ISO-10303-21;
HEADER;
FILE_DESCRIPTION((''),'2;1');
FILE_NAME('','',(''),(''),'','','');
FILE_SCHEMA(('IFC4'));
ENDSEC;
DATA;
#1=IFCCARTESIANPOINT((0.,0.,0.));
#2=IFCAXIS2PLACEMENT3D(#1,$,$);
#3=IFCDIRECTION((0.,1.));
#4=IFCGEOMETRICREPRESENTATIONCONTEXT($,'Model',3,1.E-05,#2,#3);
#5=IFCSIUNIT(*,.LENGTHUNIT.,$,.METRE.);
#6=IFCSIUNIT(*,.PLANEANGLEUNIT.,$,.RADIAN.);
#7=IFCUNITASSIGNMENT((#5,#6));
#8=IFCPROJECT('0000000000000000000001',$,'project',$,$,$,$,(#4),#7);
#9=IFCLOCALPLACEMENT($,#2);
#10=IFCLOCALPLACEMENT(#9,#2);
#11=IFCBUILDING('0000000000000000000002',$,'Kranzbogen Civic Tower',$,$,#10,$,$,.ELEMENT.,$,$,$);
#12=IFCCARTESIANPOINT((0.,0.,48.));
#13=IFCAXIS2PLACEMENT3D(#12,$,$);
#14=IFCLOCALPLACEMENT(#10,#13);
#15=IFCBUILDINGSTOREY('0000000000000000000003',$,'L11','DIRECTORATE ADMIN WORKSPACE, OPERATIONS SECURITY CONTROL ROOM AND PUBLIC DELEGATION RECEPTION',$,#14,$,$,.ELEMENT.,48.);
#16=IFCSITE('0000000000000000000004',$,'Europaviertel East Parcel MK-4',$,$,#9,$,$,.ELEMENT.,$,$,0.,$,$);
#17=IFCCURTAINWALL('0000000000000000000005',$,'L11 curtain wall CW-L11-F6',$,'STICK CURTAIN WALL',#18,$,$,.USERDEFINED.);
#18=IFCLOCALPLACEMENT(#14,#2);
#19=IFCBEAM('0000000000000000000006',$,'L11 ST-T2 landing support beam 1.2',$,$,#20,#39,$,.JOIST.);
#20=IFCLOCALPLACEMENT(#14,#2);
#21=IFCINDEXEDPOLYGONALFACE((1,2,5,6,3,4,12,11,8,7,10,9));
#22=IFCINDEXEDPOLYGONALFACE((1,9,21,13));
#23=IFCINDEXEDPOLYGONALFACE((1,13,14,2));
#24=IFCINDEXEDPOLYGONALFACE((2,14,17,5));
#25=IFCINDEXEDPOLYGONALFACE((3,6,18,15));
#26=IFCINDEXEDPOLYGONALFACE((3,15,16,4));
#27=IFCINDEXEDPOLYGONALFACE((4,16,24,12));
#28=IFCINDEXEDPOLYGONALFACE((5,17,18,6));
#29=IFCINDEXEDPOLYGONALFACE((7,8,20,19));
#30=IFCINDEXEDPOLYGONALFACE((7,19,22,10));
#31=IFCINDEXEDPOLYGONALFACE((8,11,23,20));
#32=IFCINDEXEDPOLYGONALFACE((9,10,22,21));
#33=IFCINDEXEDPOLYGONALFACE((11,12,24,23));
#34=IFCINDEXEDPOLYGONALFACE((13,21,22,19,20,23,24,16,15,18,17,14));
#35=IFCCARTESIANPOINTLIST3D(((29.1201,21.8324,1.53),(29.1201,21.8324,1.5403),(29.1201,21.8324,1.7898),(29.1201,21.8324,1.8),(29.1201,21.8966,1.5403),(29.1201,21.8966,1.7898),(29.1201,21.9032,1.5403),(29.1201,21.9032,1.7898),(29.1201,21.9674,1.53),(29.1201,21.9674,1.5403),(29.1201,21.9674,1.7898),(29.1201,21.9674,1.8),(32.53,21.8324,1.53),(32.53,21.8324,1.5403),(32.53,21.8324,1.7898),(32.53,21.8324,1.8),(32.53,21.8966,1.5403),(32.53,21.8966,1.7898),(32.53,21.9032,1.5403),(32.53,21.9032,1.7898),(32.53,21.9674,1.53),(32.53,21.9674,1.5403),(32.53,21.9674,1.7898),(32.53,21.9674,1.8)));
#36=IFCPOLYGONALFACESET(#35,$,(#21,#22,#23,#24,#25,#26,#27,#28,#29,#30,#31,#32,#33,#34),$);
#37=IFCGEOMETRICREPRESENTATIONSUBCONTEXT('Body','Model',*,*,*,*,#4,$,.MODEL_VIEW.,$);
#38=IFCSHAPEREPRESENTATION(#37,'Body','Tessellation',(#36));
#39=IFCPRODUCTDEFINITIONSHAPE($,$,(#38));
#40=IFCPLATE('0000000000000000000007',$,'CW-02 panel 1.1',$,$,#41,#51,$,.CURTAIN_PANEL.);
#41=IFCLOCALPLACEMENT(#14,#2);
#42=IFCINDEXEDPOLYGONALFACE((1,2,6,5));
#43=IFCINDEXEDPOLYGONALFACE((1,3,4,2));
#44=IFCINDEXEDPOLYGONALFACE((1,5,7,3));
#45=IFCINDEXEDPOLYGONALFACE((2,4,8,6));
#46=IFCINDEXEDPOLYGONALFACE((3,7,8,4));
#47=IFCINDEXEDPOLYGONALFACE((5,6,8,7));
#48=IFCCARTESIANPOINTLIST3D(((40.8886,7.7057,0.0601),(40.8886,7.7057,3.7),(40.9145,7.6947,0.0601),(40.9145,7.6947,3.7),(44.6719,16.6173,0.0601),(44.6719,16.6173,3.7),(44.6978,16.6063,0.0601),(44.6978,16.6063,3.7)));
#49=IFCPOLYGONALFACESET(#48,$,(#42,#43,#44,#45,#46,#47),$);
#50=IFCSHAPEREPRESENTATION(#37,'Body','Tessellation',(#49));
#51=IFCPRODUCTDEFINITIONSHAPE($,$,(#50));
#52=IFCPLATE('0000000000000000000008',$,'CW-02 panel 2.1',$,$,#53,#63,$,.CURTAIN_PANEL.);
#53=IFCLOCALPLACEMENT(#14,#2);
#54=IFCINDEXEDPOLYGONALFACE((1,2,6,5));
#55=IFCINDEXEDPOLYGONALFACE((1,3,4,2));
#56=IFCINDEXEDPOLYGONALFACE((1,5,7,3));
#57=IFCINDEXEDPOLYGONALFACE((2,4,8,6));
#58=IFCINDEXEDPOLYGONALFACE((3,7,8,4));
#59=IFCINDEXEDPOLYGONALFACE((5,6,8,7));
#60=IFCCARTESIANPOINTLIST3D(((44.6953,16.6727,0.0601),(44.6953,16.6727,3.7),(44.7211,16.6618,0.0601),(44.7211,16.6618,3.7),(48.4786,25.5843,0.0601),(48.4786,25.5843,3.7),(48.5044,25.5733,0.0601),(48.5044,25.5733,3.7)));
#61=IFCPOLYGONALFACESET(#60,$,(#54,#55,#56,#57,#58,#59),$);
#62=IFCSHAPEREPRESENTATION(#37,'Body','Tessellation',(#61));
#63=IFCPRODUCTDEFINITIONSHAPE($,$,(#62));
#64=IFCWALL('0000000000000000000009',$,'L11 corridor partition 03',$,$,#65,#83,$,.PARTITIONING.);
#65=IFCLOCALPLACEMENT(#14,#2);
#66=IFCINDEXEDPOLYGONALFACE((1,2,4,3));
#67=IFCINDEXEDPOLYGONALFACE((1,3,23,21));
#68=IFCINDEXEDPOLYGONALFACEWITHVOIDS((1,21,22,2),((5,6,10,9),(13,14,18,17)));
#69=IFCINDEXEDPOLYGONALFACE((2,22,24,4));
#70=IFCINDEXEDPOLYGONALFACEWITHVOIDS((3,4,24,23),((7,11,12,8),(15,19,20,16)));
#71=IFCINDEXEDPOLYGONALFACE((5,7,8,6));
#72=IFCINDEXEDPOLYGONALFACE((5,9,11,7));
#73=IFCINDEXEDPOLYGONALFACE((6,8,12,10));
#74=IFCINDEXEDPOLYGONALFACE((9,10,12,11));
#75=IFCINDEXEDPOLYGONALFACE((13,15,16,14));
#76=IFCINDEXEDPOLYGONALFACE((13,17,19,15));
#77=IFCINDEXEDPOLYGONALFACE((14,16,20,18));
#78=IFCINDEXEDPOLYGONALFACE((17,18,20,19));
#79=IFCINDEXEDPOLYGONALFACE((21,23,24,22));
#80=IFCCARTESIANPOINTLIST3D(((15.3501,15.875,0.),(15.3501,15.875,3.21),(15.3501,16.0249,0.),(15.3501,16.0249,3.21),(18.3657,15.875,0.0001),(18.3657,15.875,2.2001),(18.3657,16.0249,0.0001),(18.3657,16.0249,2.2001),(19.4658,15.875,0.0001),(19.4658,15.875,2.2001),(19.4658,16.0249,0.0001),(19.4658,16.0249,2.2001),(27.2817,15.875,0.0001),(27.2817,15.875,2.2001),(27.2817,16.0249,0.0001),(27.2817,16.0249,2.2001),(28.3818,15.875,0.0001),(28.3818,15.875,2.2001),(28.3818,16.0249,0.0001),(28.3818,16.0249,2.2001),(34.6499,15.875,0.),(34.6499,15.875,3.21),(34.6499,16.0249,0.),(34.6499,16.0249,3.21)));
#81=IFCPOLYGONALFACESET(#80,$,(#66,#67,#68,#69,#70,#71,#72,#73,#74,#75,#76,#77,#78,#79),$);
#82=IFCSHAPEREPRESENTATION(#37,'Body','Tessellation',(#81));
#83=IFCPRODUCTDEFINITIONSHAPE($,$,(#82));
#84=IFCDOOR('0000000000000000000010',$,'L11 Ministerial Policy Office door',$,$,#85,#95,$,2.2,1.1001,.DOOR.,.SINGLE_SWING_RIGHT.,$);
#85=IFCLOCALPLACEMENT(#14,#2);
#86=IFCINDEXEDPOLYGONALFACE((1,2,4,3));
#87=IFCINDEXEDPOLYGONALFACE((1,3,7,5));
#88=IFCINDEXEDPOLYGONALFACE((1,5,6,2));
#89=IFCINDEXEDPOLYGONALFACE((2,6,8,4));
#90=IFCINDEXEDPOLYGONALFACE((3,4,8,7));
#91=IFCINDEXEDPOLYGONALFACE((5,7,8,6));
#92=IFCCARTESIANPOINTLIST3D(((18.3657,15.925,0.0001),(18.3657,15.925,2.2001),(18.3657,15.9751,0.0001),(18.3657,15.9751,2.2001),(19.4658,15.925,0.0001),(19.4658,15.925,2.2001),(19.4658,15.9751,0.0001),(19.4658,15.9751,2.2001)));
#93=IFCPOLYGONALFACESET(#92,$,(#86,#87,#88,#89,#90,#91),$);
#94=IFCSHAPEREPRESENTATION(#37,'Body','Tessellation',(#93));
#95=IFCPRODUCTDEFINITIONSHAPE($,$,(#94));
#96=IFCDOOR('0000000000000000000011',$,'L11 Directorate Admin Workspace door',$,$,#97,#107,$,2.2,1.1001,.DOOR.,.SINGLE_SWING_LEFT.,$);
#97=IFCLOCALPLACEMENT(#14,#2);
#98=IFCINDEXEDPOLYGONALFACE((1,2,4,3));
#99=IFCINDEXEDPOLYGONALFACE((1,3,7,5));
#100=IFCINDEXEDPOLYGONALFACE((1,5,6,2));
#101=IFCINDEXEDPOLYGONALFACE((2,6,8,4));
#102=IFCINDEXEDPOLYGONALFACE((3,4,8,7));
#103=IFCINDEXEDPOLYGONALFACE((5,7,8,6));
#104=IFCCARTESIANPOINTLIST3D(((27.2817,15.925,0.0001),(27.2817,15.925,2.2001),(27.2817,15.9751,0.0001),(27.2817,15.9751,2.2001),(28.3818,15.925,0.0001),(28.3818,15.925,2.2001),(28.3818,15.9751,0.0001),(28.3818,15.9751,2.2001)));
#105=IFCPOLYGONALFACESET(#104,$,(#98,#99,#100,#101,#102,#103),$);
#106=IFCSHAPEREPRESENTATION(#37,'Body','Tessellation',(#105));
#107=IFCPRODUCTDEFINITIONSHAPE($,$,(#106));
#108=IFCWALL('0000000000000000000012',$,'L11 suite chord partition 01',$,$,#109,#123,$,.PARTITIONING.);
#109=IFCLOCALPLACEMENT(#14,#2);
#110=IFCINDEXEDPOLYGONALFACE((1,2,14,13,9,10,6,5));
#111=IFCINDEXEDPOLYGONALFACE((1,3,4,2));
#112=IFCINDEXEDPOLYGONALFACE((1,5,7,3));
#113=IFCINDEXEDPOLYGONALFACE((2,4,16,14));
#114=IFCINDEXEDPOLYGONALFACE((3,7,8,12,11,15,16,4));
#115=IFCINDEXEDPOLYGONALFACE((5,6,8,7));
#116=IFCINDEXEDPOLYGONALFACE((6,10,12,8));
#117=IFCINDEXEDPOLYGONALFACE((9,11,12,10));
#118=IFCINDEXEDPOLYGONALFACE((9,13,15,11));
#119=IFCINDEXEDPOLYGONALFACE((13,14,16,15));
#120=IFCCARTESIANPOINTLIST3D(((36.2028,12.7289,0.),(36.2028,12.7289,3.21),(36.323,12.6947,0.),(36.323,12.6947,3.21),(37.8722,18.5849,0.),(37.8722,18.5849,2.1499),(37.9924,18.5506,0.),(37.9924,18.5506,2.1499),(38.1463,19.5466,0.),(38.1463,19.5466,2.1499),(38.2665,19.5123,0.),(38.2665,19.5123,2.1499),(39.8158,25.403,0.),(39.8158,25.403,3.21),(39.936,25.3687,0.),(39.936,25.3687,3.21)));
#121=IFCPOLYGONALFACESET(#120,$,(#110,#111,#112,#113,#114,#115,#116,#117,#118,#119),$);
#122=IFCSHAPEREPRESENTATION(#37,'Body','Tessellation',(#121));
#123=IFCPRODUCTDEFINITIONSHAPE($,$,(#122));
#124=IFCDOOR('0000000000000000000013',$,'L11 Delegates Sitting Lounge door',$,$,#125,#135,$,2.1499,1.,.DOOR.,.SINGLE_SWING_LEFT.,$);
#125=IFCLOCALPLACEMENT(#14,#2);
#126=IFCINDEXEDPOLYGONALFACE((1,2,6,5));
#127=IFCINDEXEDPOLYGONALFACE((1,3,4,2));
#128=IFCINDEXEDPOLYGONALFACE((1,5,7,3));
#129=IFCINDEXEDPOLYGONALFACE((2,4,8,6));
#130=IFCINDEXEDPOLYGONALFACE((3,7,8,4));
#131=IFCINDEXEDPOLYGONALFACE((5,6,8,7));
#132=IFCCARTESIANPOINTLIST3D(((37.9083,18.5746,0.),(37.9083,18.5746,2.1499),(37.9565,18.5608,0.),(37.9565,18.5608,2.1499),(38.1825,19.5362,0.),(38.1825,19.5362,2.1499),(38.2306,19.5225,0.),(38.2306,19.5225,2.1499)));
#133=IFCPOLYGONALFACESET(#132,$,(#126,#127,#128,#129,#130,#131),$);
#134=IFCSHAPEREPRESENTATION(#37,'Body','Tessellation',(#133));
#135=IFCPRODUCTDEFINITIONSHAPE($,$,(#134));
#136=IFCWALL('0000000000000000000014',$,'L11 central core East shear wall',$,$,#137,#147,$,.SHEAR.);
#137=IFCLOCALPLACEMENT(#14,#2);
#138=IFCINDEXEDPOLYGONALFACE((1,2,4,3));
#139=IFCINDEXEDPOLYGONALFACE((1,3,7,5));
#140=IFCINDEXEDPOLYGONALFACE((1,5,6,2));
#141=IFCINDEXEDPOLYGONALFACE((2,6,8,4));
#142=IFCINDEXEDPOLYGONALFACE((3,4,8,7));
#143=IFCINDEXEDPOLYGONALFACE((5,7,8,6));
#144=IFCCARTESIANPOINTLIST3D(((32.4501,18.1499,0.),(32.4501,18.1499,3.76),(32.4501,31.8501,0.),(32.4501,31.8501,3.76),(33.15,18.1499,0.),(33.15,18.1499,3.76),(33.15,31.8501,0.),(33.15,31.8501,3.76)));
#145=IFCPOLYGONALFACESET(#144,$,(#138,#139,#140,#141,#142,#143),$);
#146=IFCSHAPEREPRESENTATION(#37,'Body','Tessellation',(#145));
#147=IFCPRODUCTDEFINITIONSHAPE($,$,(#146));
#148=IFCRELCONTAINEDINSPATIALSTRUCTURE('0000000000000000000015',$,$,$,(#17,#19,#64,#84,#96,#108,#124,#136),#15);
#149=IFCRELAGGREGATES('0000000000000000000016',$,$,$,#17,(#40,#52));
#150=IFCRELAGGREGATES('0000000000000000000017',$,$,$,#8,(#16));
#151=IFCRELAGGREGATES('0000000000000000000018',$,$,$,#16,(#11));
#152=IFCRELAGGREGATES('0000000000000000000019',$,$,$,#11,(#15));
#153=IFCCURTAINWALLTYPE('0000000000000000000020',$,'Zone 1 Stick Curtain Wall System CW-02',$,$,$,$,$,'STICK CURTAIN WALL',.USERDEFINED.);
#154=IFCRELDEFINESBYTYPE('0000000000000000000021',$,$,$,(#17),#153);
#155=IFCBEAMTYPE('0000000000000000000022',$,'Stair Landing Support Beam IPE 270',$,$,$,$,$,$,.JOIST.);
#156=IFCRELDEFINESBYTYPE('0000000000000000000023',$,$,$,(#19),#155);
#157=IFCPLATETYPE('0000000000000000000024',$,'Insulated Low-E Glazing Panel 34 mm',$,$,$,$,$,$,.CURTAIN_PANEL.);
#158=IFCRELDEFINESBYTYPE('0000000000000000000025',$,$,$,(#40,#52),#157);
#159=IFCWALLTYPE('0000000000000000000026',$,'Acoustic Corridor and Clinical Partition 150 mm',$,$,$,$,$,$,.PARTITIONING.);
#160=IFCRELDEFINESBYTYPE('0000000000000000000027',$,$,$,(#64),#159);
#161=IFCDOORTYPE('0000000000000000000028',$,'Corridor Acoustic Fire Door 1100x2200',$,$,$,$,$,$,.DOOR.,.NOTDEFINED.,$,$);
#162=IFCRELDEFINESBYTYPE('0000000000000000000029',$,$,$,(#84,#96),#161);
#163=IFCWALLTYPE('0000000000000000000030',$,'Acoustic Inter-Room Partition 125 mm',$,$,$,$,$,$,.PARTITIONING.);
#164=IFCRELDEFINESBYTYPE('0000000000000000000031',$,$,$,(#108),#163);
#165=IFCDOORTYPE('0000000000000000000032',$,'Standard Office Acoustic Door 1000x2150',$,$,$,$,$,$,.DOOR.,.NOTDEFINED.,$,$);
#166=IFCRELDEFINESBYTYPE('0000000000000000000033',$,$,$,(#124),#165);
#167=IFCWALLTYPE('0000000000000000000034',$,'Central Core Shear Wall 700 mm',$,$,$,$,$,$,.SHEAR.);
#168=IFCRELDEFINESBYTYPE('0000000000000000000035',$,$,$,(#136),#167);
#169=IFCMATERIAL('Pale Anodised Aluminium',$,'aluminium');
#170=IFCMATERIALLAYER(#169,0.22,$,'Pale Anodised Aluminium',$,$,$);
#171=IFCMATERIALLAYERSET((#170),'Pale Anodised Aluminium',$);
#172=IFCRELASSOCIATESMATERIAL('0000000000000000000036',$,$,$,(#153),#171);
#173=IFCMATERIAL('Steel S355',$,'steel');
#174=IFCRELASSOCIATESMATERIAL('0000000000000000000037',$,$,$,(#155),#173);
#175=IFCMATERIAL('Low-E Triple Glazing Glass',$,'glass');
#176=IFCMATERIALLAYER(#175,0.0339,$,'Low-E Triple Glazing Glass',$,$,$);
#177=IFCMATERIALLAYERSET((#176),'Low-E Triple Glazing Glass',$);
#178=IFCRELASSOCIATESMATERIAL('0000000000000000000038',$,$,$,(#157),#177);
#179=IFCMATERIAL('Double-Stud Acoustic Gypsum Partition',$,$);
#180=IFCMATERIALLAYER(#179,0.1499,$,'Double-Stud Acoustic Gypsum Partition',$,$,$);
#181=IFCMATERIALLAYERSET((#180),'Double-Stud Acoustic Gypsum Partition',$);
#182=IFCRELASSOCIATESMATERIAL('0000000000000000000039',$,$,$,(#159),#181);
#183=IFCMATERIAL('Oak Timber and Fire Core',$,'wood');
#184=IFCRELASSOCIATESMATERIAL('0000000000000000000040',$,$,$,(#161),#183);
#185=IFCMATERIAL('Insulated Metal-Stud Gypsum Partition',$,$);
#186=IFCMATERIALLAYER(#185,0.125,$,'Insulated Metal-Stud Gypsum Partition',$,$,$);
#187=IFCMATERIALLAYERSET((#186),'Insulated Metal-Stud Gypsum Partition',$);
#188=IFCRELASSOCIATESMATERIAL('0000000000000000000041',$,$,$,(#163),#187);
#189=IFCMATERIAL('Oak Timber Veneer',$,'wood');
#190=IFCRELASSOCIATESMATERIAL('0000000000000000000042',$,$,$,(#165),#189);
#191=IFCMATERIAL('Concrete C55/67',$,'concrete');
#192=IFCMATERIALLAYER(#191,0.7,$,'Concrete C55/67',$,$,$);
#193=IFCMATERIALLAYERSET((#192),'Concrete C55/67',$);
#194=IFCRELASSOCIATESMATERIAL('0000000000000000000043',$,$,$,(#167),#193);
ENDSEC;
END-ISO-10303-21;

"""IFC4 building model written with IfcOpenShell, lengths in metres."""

from ifc_helpers import new_model, si_unit, direction, frame, frame_2d, origin, origin_2d, place, context, subcontext, project, spatial, rectangle, i_section, extrude, material, layer, layer_set, material_profile, profile_set, type_object, element, fill, aggregate, save


model = new_model("IFC4")

# Units and contexts
model_context = context("Model", 3, precision=1e-05, world=origin(), true_north=direction((0.0, 1.0)))
body_context = subcontext(model_context, "Body", "Model", "MODEL_VIEW")
ifc_project = project(units=[si_unit("LENGTHUNIT", "METRE"), si_unit("PLANEANGLEUNIT", "RADIAN")], contexts=[model_context])

# Site, building, storey
site_placement = place(None, origin())
site = spatial("IfcSite", under=ifc_project, at=site_placement, Name="Europaviertel East Parcel MK-4", CompositionType="ELEMENT", RefElevation=0.0)
building_placement = place(site_placement, origin())
building = spatial("IfcBuilding", under=site, at=building_placement, Name="Kranzbogen Civic Tower", CompositionType="ELEMENT")
storey_placement = place(building_placement, frame((0.0, 0.0, 48.0)))
storey = spatial("IfcBuildingStorey", under=building, at=storey_placement, Name="L11", Description="DIRECTORATE ADMIN WORKSPACE, OPERATIONS SECURITY CONTROL ROOM AND PUBLIC DELEGATION RECEPTION", CompositionType="ELEMENT", Elevation=48.0)

# Curtain wall
ifc_material_1 = material(Name="Pale Anodised Aluminium", Category="aluminium")
ifc_layer_1 = layer(ifc_material_1, 0.22, Name="Pale Anodised Aluminium")
ifc_layer_set_1 = layer_set([ifc_layer_1], Name="Pale Anodised Aluminium")
curtain_wall_type = type_object("IfcCurtainWallType", Name="Zone 1 Stick Curtain Wall System CW-02", ElementType="STICK CURTAIN WALL", PredefinedType="USERDEFINED", material=ifc_layer_set_1)
curtain_wall_placement = place(storey_placement, origin())
curtain_wall = element("IfcCurtainWall", 1, at=curtain_wall_placement, inside=storey, type_object=curtain_wall_type, Name="L11 curtain wall CW-L11-F6", ObjectType="STICK CURTAIN WALL", PredefinedType="USERDEFINED")

# Beam
ifc_material_2 = material(Name="Steel S355", Category="steel")
ifc_material_profile_1 = material_profile(ifc_material_2, i_section(OverallWidth=0.135, OverallDepth=0.27, WebThickness=0.0066, FlangeThickness=0.0103, at=origin_2d()), Name="IPE 270")
ifc_profile_set_1 = profile_set([ifc_material_profile_1], Name="Steel S355")
beam_type_1 = type_object("IfcBeamType", Name="Stair Landing Support Beam IPE 270", PredefinedType="JOIST", material=ifc_profile_set_1)
for number, where, z_axis, x_axis, name in (
    (2, (29.1201, 21.8999, 1.665), (1.0, 0.0, 0.0), (0.0, 1.0, 0.0), "L11 ST-T2 landing support beam 1.2"),
):
    element("IfcBeam", number, at=place(storey_placement, frame(where, z_axis=z_axis, x_axis=x_axis)), inside=storey, type_object=beam_type_1, Name=name, PredefinedType="JOIST", context=body_context, shape_type="SweptSolid", body=[
        extrude(i_section(OverallWidth=0.135, OverallDepth=0.27, WebThickness=0.0066, FlangeThickness=0.0103, at=origin_2d()), origin(), (0.0, 0.0, 1.0), 3.4099),
    ])

# Plates
ifc_material_3 = material(Name="Low-E Triple Glazing Glass", Category="glass")
ifc_layer_2 = layer(ifc_material_3, 0.0339, Name="Low-E Triple Glazing Glass")
ifc_layer_set_2 = layer_set([ifc_layer_2], Name="Low-E Triple Glazing Glass")
plate_type = type_object("IfcPlateType", Name="Insulated Low-E Glazing Panel 34 mm", PredefinedType="CURTAIN_PANEL", material=ifc_layer_set_2)
plate_1_placement = place(storey_placement, frame((42.7932, 12.156, 0.0601), z_axis=(0.0, 0.0, 1.0), x_axis=(0.39078, 0.920484, 0.0)))
plate_1 = element("IfcPlate", 3, at=plate_1_placement, type_object=plate_type, Name="CW-02 panel 1.1", PredefinedType="CURTAIN_PANEL", context=body_context, shape_type="SweptSolid", body=[
    extrude(rectangle(XDim=9.6814, YDim=0.0281, at=origin_2d()), origin(), (0.0, 0.0, 1.0), 3.6399),
])
plate_2_placement = place(storey_placement, frame((46.5999, 21.123, 0.0601), z_axis=(0.0, 0.0, 1.0), x_axis=(0.39078, 0.920484, 0.0)))
plate_2 = element("IfcPlate", 4, at=plate_2_placement, type_object=plate_type, Name="CW-02 panel 2.1", PredefinedType="CURTAIN_PANEL", context=body_context, shape_type="SweptSolid", body=[
    extrude(rectangle(XDim=9.6814, YDim=0.0281, at=origin_2d()), origin(), (0.0, 0.0, 1.0), 3.6399),
])
aggregate(curtain_wall, [plate_1, plate_2])

# Wall, openings, doors
ifc_material_4 = material(Name="Double-Stud Acoustic Gypsum Partition")
ifc_layer_3 = layer(ifc_material_4, 0.1499, Name="Double-Stud Acoustic Gypsum Partition")
ifc_layer_set_3 = layer_set([ifc_layer_3], Name="Double-Stud Acoustic Gypsum Partition")
wall_type_1 = type_object("IfcWallType", Name="Acoustic Corridor and Clinical Partition 150 mm", PredefinedType="PARTITIONING", material=ifc_layer_set_3)
wall_1_placement = place(storey_placement, frame((34.6499, 15.95, 0.0), z_axis=(0.0, 0.0, 1.0), x_axis=(-1.0, 0.0, 0.0)))
wall_1 = element("IfcWall", 5, at=wall_1_placement, inside=storey, type_object=wall_type_1, Name="L11 corridor partition 03", PredefinedType="PARTITIONING", context=body_context, shape_type="SweptSolid", body=[
    extrude(rectangle(XDim=19.2998, YDim=0.1499, at=frame_2d((9.6499, 0.0))), origin(), (0.0, 0.0, 1.0), 3.21),
])
opening_1_placement = place(wall_1_placement, frame((15.1841, 0.0, 0.0)))
opening_1 = element("IfcOpeningElement", 6, at=opening_1_placement, cuts=wall_1, PredefinedType="OPENING", context=body_context, shape_type="SweptSolid", body=[
    extrude(rectangle(XDim=1.1001, YDim=2.2, at=frame_2d((0.55, 1.1001))), frame((0.0, 0.085, 0.0), z_axis=(0.0, -1.0, 0.0), x_axis=(1.0, 0.0, 0.0)), (0.0, 0.0, 1.0), 0.1699),
])
opening_2_placement = place(wall_1_placement, frame((6.2681, 0.0, 0.0)))
opening_2 = element("IfcOpeningElement", 7, at=opening_2_placement, cuts=wall_1, PredefinedType="OPENING", context=body_context, shape_type="SweptSolid", body=[
    extrude(rectangle(XDim=1.1001, YDim=2.2, at=frame_2d((0.55, 1.1001))), frame((0.0, 0.085, 0.0), z_axis=(0.0, -1.0, 0.0), x_axis=(1.0, 0.0, 0.0)), (0.0, 0.0, 1.0), 0.1699),
])
ifc_material_5 = material(Name="Oak Timber and Fire Core", Category="wood")
door_type_1 = type_object("IfcDoorType", Name="Corridor Acoustic Fire Door 1100x2200", OperationType="NOTDEFINED", PredefinedType="DOOR", material=ifc_material_5)
door_1_placement = place(opening_1_placement, origin())
door_1 = element("IfcDoor", 8, at=door_1_placement, inside=storey, type_object=door_type_1, Name="L11 Ministerial Policy Office door", OperationType="SINGLE_SWING_RIGHT", OverallHeight=2.2, OverallWidth=1.1001, PredefinedType="DOOR", context=body_context, shape_type="SweptSolid", body=[
    extrude(rectangle(XDim=1.1001, YDim=2.2, at=frame_2d((0.55, 1.1001))), frame((0.0, 0.0249, 0.0), z_axis=(0.0, -1.0, 0.0), x_axis=(1.0, 0.0, 0.0)), (0.0, 0.0, 1.0), 0.05),
])
fill(opening_1, door_1)
door_2_placement = place(opening_2_placement, origin())
door_2 = element("IfcDoor", 9, at=door_2_placement, inside=storey, type_object=door_type_1, Name="L11 Directorate Admin Workspace door", OperationType="SINGLE_SWING_LEFT", OverallHeight=2.2, OverallWidth=1.1001, PredefinedType="DOOR", context=body_context, shape_type="SweptSolid", body=[
    extrude(rectangle(XDim=1.1001, YDim=2.2, at=frame_2d((0.55, 1.1001))), frame((0.0, 0.0249, 0.0), z_axis=(0.0, -1.0, 0.0), x_axis=(1.0, 0.0, 0.0)), (0.0, 0.0, 1.0), 0.05),
])
fill(opening_2, door_2)

# Wall, opening, door
ifc_material_6 = material(Name="Insulated Metal-Stud Gypsum Partition")
ifc_layer_4 = layer(ifc_material_6, 0.125, Name="Insulated Metal-Stud Gypsum Partition")
ifc_layer_set_4 = layer_set([ifc_layer_4], Name="Insulated Metal-Stud Gypsum Partition")
wall_type_2 = type_object("IfcWallType", Name="Acoustic Inter-Room Partition 125 mm", PredefinedType="PARTITIONING", material=ifc_layer_set_4)
wall_2_placement = place(storey_placement, frame((36.2629, 12.7119, 0.0), z_axis=(0.0, 0.0, 1.0), x_axis=(0.274151, 0.961687, 0.0)))
wall_2 = element("IfcWall", 10, at=wall_2_placement, inside=storey, type_object=wall_type_2, Name="L11 suite chord partition 01", PredefinedType="PARTITIONING", context=body_context, shape_type="SweptSolid", body=[
    extrude(rectangle(XDim=13.179, YDim=0.125, at=frame_2d((6.5894, 0.0))), origin(), (0.0, 0.0, 1.0), 3.21),
])
opening_3_placement = place(wall_2_placement, frame((6.0891, 0.0, 0.0)))
opening_3 = element("IfcOpeningElement", 11, at=opening_3_placement, cuts=wall_2, PredefinedType="OPENING", context=body_context, shape_type="SweptSolid", body=[
    extrude(rectangle(XDim=1.0, YDim=2.1499, at=frame_2d((0.5, 1.075))), frame((0.0, 0.0725, 0.0), z_axis=(0.0, -1.0, 0.0), x_axis=(1.0, 0.0, 0.0)), (0.0, 0.0, 1.0), 0.145),
])
ifc_material_7 = material(Name="Oak Timber Veneer", Category="wood")
door_type_2 = type_object("IfcDoorType", Name="Standard Office Acoustic Door 1000x2150", OperationType="NOTDEFINED", PredefinedType="DOOR", material=ifc_material_7)
door_3_placement = place(opening_3_placement, origin())
door_3 = element("IfcDoor", 12, at=door_3_placement, inside=storey, type_object=door_type_2, Name="L11 Delegates Sitting Lounge door", OperationType="SINGLE_SWING_LEFT", OverallHeight=2.1499, OverallWidth=1.0, PredefinedType="DOOR", context=body_context, shape_type="SweptSolid", body=[
    extrude(rectangle(XDim=1.0, YDim=2.1499, at=frame_2d((0.5, 1.075))), frame((0.0, 0.0249, 0.0), z_axis=(0.0, -1.0, 0.0), x_axis=(1.0, 0.0, 0.0)), (0.0, 0.0, 1.0), 0.05),
])
fill(opening_3, door_3)

# Wall
ifc_material_8 = material(Name="Concrete C55/67", Category="concrete")
ifc_layer_5 = layer(ifc_material_8, 0.7, Name="Concrete C55/67")
ifc_layer_set_5 = layer_set([ifc_layer_5], Name="Concrete C55/67")
wall_type_3 = type_object("IfcWallType", Name="Central Core Shear Wall 700 mm", PredefinedType="SHEAR", material=ifc_layer_set_5)
wall_3_placement = place(storey_placement, frame((32.8, 18.1499, 0.0), z_axis=(0.0, 0.0, 1.0), x_axis=(0.0, 1.0, 0.0)))
element("IfcWall", 13, at=wall_3_placement, inside=storey, type_object=wall_type_3, Name="L11 central core East shear wall", PredefinedType="SHEAR", context=body_context, shape_type="SweptSolid", body=[
    extrude(rectangle(XDim=13.7002, YDim=0.7, at=frame_2d((6.8501, 0.0))), origin(), (0.0, 0.0, 1.0), 3.76),
])

save(model, "model.ifc")
